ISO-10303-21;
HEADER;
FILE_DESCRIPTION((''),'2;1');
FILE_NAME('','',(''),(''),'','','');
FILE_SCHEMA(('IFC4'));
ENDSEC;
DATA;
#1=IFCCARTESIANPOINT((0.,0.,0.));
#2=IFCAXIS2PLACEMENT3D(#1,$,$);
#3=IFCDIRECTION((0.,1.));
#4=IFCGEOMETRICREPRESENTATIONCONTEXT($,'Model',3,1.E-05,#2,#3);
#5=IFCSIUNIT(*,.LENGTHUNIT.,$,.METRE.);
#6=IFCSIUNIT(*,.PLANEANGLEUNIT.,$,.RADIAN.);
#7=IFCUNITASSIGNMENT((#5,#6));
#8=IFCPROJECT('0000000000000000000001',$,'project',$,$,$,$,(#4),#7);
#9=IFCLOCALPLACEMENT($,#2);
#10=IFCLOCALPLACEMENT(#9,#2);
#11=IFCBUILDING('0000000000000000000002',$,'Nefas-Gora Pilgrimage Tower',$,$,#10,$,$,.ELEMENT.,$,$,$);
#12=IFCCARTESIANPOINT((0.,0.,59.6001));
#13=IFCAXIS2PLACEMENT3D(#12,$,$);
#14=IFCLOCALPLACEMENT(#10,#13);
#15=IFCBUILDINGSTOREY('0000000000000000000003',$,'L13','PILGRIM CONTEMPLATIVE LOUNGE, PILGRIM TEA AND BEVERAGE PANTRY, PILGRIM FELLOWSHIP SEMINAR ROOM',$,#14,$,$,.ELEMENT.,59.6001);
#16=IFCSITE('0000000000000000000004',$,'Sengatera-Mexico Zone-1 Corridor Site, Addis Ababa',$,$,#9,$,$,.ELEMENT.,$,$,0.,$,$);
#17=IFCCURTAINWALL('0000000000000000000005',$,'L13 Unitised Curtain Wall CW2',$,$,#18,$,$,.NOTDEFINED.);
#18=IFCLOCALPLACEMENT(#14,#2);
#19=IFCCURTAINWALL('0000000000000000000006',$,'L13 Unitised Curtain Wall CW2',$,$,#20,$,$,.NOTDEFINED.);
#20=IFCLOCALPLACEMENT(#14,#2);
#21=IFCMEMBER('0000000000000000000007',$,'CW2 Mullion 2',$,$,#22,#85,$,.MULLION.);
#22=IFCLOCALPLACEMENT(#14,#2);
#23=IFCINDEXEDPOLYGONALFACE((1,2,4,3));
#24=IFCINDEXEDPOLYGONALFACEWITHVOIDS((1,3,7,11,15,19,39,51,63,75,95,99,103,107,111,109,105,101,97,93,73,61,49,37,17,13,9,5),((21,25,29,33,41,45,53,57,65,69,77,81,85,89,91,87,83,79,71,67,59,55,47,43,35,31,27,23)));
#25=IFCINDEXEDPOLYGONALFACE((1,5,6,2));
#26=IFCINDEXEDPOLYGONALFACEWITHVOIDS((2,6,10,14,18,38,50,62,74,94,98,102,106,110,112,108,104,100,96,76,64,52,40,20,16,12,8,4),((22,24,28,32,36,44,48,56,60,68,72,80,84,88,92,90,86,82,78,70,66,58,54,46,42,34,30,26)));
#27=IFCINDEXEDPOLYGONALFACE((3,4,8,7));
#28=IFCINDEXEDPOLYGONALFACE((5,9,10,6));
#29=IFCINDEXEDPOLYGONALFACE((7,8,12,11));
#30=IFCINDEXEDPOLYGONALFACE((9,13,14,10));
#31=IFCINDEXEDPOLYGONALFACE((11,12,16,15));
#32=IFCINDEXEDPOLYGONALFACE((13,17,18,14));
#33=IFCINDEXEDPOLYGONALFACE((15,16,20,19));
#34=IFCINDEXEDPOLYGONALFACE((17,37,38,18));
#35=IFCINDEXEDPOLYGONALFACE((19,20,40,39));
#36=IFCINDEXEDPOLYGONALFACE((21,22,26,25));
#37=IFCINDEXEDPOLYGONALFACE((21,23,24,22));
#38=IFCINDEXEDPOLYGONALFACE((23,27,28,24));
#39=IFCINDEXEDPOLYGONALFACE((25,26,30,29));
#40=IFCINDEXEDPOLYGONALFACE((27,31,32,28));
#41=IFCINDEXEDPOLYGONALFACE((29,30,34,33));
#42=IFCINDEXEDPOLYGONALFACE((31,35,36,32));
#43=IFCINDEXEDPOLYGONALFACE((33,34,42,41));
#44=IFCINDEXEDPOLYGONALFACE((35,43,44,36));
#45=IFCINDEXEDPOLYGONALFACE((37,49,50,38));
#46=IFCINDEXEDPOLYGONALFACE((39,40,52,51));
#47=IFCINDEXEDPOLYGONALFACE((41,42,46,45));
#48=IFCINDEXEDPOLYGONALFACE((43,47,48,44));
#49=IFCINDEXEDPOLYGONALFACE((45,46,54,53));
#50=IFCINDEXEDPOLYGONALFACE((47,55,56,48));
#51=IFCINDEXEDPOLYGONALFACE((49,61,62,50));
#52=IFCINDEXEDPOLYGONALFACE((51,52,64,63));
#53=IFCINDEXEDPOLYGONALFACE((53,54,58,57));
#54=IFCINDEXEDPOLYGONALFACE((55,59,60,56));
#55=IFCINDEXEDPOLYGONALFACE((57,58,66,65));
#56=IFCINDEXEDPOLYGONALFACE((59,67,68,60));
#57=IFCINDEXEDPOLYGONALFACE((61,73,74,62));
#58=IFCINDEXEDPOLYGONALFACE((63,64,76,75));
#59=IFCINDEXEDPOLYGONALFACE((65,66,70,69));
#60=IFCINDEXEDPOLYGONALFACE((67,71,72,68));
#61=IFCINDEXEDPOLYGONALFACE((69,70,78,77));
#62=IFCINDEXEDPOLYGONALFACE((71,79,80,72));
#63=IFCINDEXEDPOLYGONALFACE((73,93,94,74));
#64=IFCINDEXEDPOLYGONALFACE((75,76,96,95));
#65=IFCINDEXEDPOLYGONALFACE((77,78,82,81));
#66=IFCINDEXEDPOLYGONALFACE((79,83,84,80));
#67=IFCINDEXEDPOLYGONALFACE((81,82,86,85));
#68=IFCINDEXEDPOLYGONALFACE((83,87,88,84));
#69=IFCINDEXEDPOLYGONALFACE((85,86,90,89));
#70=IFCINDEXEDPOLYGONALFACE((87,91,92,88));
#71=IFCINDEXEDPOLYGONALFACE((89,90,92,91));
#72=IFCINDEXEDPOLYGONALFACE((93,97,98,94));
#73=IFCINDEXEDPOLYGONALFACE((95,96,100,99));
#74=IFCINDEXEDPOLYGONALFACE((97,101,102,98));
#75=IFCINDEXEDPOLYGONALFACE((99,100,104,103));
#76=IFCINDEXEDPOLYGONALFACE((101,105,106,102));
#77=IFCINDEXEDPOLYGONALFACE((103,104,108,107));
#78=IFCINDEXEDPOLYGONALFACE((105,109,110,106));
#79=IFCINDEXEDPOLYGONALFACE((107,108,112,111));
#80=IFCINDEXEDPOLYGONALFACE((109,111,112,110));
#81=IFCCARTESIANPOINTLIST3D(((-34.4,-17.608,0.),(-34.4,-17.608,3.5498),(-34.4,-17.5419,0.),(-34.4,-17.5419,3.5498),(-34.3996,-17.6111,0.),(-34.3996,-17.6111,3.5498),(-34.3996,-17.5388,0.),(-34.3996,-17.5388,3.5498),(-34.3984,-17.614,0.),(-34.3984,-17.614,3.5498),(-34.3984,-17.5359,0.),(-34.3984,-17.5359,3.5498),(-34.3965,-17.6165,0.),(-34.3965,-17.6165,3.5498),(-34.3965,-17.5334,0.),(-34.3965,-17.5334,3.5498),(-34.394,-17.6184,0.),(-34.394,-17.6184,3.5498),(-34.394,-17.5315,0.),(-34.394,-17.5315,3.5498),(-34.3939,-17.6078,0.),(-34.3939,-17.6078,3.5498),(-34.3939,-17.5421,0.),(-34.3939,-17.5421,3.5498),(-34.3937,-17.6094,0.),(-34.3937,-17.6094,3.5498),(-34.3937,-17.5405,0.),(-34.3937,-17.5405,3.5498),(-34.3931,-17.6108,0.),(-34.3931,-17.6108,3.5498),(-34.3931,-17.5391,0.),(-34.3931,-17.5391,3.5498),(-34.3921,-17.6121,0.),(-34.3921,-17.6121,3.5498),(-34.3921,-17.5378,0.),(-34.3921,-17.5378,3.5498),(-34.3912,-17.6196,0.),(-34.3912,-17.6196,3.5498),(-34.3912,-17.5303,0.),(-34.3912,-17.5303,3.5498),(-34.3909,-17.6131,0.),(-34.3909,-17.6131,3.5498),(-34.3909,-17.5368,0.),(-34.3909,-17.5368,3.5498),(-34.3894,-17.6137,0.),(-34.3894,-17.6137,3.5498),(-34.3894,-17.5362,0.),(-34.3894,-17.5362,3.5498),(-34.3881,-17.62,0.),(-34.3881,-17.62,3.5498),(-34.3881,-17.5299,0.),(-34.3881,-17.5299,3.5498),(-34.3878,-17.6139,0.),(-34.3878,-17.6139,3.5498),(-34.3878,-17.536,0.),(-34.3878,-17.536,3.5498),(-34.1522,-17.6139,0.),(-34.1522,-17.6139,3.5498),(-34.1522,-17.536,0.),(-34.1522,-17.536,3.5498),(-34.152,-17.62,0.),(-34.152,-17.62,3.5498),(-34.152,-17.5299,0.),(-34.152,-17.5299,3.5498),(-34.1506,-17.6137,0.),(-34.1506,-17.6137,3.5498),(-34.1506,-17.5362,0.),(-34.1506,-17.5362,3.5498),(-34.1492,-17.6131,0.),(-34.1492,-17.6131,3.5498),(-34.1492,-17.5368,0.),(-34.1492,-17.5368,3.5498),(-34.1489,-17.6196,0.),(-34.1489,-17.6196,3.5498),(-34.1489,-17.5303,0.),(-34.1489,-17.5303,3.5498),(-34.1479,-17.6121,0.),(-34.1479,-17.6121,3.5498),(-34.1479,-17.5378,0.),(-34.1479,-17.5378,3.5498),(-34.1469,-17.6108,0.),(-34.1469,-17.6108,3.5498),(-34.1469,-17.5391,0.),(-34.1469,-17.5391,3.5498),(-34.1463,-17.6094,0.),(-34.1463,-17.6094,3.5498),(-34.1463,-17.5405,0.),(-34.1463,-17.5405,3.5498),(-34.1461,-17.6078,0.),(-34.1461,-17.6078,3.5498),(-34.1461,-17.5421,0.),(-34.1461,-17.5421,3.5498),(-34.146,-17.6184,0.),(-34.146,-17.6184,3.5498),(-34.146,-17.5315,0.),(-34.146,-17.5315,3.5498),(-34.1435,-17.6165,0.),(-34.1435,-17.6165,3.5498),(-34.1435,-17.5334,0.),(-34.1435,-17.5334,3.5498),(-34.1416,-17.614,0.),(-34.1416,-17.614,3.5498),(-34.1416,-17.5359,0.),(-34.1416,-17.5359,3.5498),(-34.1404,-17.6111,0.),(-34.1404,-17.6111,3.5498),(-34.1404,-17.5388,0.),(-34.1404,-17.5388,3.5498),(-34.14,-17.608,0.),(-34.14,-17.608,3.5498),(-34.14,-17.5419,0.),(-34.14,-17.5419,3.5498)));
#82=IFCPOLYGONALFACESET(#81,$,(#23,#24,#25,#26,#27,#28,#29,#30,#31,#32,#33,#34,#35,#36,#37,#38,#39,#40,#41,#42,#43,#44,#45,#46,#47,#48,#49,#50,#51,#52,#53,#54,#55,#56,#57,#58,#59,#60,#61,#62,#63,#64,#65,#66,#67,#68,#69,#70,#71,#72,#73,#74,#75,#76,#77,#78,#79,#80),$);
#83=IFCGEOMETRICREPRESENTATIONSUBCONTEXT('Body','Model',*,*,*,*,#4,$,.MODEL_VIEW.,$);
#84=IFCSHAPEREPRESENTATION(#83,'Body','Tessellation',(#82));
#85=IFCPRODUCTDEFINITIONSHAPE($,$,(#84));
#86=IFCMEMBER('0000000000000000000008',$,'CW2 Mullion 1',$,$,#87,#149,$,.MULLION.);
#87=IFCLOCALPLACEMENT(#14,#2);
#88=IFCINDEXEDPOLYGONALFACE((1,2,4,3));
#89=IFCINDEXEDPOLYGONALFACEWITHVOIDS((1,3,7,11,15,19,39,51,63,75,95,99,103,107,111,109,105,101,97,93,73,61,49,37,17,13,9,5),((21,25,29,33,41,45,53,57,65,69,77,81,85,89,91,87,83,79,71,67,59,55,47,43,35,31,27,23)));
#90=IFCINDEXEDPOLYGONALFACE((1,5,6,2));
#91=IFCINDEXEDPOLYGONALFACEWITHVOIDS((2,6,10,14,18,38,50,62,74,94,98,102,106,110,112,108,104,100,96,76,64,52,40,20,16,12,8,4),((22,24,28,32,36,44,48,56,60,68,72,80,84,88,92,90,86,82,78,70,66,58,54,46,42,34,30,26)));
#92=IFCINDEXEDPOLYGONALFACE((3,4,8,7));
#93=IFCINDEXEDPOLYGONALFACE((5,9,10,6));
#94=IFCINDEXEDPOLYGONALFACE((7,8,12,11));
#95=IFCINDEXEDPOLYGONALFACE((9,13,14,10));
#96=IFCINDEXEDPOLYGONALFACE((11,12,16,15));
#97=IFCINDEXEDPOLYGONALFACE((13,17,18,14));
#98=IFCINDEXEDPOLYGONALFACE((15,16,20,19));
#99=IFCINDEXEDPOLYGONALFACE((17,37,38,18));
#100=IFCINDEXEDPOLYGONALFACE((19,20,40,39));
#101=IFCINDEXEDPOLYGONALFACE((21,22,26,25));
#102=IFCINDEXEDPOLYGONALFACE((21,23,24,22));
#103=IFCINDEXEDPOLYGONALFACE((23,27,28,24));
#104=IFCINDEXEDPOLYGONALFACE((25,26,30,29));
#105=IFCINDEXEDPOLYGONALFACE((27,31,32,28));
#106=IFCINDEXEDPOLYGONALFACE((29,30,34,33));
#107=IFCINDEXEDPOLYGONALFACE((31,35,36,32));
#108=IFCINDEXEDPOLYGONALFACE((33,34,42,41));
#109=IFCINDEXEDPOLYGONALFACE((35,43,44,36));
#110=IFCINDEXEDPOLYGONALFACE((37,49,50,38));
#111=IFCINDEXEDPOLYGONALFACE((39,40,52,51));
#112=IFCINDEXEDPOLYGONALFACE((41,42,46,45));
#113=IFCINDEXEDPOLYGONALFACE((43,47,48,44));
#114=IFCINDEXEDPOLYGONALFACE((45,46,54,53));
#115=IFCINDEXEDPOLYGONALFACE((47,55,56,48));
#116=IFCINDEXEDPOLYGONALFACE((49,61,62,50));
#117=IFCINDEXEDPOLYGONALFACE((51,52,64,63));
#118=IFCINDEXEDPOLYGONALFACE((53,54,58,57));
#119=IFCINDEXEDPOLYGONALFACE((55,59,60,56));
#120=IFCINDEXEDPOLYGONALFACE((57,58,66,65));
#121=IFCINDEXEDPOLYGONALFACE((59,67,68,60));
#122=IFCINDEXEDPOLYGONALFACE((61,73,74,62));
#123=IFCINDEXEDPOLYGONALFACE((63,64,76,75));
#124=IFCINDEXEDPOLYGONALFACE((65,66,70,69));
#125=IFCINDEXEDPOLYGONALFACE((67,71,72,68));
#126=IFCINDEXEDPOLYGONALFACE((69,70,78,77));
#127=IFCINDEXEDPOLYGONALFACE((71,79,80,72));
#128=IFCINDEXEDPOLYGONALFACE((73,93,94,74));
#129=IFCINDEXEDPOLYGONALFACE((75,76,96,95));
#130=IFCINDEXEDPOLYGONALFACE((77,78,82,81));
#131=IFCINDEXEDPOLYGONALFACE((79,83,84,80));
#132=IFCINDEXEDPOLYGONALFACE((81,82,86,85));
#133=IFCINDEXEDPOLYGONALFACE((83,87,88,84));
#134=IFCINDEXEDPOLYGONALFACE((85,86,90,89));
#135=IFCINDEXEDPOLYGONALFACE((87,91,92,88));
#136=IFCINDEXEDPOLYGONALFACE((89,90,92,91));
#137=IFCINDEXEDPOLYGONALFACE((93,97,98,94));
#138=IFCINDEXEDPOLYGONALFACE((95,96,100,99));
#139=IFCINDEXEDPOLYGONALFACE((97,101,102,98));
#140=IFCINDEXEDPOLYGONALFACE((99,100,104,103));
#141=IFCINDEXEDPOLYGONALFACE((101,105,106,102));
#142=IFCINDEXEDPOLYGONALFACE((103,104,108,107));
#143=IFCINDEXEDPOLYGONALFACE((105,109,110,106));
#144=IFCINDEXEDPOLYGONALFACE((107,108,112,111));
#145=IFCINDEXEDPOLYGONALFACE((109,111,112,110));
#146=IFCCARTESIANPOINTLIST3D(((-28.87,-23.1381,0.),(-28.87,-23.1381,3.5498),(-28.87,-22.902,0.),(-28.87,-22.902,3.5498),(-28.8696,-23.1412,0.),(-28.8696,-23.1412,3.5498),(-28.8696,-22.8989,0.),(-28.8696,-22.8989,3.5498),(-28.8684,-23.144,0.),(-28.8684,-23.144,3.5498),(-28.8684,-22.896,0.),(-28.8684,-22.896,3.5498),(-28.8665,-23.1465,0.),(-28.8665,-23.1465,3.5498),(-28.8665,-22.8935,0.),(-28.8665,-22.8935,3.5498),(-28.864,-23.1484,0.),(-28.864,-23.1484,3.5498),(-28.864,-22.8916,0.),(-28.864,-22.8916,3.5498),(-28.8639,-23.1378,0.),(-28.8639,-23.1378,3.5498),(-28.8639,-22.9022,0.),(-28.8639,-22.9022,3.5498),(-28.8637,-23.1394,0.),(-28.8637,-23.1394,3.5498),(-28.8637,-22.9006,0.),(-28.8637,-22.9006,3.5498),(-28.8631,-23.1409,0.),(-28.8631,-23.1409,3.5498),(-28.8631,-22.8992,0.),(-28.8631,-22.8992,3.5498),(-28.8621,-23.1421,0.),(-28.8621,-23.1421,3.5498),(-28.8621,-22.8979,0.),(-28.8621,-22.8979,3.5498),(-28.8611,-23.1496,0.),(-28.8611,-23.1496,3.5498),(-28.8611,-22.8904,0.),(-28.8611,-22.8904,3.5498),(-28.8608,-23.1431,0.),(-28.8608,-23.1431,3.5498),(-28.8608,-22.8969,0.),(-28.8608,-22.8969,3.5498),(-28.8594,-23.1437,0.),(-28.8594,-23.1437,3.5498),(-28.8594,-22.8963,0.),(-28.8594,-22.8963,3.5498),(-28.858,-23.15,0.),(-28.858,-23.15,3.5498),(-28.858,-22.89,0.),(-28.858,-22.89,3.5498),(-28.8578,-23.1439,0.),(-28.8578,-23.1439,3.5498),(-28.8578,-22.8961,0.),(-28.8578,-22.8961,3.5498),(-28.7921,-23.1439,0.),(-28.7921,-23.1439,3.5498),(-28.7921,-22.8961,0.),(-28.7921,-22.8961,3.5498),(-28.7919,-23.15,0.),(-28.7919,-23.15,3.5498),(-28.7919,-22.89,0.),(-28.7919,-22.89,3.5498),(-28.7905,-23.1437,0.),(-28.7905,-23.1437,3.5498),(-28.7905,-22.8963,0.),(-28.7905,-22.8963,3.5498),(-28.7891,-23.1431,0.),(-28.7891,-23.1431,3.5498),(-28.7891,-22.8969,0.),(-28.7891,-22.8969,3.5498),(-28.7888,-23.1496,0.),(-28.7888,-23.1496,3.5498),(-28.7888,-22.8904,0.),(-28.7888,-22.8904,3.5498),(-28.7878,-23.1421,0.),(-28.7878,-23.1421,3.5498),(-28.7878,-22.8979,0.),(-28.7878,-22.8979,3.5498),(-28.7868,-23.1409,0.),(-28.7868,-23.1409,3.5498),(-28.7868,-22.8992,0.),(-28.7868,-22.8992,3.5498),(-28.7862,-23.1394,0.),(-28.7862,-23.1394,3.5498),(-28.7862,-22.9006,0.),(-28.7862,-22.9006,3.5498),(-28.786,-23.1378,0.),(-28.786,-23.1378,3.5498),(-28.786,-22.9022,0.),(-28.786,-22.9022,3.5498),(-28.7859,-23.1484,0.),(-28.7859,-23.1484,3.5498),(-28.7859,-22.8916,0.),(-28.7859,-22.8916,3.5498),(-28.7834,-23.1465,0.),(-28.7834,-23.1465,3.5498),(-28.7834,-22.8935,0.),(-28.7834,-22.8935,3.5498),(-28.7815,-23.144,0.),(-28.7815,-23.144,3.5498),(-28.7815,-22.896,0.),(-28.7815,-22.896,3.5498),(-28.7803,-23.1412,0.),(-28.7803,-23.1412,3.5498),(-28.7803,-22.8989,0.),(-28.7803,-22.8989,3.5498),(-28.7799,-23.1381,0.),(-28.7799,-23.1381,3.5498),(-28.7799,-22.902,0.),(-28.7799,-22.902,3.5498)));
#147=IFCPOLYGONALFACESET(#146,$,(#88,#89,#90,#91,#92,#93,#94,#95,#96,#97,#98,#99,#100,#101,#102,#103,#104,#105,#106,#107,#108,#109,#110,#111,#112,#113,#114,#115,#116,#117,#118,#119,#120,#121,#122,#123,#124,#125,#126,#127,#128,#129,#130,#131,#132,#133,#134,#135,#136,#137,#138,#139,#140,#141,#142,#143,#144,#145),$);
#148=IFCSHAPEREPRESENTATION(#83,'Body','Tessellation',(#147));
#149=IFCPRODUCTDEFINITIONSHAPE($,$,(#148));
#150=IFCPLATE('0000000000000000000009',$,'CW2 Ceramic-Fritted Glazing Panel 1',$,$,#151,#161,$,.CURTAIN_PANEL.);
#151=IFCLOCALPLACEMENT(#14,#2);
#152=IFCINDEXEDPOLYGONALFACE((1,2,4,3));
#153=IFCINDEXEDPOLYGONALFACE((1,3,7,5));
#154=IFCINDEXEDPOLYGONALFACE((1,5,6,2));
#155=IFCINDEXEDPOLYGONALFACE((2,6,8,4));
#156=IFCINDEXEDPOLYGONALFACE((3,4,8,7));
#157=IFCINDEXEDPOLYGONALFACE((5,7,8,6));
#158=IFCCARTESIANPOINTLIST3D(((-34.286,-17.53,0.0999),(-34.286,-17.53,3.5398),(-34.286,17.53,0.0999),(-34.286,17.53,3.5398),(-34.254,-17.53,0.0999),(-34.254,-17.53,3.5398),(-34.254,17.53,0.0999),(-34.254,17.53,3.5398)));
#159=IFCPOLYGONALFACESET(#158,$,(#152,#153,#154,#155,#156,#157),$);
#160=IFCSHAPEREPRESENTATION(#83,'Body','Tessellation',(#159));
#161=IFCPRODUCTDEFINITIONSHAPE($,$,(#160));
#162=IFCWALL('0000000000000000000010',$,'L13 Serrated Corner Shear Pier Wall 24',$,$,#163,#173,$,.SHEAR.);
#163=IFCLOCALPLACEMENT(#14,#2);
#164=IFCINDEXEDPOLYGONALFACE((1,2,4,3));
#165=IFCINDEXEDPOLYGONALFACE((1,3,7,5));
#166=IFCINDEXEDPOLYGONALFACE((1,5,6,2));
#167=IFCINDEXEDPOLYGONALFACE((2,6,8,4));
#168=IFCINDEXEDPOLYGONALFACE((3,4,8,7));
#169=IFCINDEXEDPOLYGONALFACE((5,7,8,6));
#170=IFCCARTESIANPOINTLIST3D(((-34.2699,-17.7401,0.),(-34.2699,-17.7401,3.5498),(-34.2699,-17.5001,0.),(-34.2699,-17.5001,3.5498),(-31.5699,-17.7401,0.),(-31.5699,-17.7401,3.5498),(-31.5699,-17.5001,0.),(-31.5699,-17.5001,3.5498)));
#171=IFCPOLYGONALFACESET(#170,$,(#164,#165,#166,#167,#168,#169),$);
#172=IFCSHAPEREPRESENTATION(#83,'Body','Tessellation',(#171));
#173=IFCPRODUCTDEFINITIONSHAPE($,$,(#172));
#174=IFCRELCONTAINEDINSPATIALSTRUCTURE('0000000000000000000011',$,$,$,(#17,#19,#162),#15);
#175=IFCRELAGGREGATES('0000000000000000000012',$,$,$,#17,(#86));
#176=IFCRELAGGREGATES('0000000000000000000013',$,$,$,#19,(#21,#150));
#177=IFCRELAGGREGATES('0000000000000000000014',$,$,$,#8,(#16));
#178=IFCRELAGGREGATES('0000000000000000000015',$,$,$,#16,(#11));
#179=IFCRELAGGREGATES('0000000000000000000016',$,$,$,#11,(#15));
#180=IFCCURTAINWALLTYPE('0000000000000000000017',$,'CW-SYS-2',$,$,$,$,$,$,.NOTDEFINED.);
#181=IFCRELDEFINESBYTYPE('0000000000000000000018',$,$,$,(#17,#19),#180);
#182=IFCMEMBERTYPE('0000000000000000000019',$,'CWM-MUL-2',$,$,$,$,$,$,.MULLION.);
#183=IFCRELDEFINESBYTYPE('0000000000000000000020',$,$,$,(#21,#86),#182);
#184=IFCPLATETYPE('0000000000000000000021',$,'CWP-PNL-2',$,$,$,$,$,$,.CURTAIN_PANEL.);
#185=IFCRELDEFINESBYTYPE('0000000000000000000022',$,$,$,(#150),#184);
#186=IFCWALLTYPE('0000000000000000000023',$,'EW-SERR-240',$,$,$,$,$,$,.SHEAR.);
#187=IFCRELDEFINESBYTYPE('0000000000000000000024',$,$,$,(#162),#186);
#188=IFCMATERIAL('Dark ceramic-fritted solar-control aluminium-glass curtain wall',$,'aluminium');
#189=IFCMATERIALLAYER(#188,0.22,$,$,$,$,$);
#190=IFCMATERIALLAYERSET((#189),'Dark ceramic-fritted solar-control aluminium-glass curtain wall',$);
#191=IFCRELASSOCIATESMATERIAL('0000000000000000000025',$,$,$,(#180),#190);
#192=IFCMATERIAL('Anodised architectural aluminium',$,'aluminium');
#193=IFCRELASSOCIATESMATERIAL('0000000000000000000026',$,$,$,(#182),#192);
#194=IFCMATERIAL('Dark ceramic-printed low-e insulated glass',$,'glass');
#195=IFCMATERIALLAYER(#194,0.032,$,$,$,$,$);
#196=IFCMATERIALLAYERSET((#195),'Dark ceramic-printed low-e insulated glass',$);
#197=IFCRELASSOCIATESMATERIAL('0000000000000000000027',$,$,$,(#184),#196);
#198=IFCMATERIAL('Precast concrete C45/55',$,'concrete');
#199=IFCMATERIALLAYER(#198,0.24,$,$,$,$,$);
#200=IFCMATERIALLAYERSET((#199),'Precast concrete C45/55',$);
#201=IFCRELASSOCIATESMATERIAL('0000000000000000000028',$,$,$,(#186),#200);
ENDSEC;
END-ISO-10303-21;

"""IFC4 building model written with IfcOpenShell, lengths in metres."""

from ifc_helpers import new_model, si_unit, direction, frame, frame_2d, origin, origin_2d, place, context, subcontext, project, spatial, rectangle, hollow_rectangle, extrude, source, transform, mapped, material, layer, layer_set, material_profile, profile_set, type_object, element, aggregate, save


model = new_model("IFC4")

# Units and contexts
model_context = context("Model", 3, precision=1e-05, world=origin(), true_north=direction((0.0, 1.0)))
body_context = subcontext(model_context, "Body", "Model", "MODEL_VIEW")
ifc_project = project(units=[si_unit("LENGTHUNIT", "METRE"), si_unit("PLANEANGLEUNIT", "RADIAN")], contexts=[model_context])

# Site, building, storey
site_placement = place(None, origin())
site = spatial("IfcSite", under=ifc_project, at=site_placement, Name="Sengatera-Mexico Zone-1 Corridor Site, Addis Ababa", CompositionType="ELEMENT", RefElevation=0.0)
building_placement = place(site_placement, origin())
building = spatial("IfcBuilding", under=site, at=building_placement, Name="Nefas-Gora Pilgrimage Tower", CompositionType="ELEMENT")
storey_placement = place(building_placement, frame((0.0, 0.0, 59.6001)))
storey = spatial("IfcBuildingStorey", under=building, at=storey_placement, Name="L13", Description="PILGRIM CONTEMPLATIVE LOUNGE, PILGRIM TEA AND BEVERAGE PANTRY, PILGRIM FELLOWSHIP SEMINAR ROOM", CompositionType="ELEMENT", Elevation=59.6001)

# Curtain walls, member
ifc_material_1 = material(Name="Dark ceramic-fritted solar-control aluminium-glass curtain wall", Category="aluminium")
ifc_layer_1 = layer(ifc_material_1, 0.22)
ifc_layer_set_1 = layer_set([ifc_layer_1], Name="Dark ceramic-fritted solar-control aluminium-glass curtain wall")
curtain_wall_type = type_object("IfcCurtainWallType", Name="CW-SYS-2", PredefinedType="NOTDEFINED", material=ifc_layer_set_1)
curtain_wall_1_placement = place(storey_placement, origin())
curtain_wall_1 = element("IfcCurtainWall", 1, at=curtain_wall_1_placement, inside=storey, type_object=curtain_wall_type, Name="L13 Unitised Curtain Wall CW2", PredefinedType="NOTDEFINED")
ifc_material_2 = material(Name="Anodised architectural aluminium", Category="aluminium")
curtain_wall_2_placement = place(storey_placement, origin())
curtain_wall_2 = element("IfcCurtainWall", 2, at=curtain_wall_2_placement, inside=storey, type_object=curtain_wall_type, Name="L13 Unitised Curtain Wall CW2", PredefinedType="NOTDEFINED")
ifc_material_profile_1 = material_profile(ifc_material_2, hollow_rectangle(XDim=0.0901, YDim=0.26, WallThickness=0.0061, InnerFilletRadius=0.0061, OuterFilletRadius=0.012, at=origin_2d()), Name="ALU MULLION 90x260")
ifc_profile_set_1 = profile_set([ifc_material_profile_1], Name="Anodised architectural aluminium")
member_type_1 = type_object("IfcMemberType", Name="CWM-MUL-2", PredefinedType="MULLION", material=ifc_profile_set_1)
shared_shape_1 = source(origin(), body_context, "Body", "SweptSolid", [
    extrude(hollow_rectangle(XDim=0.0901, YDim=0.26, WallThickness=0.0061, InnerFilletRadius=0.0061, OuterFilletRadius=0.012, at=origin_2d()), origin(), (0.0, 0.0, 1.0), 3.5498),
])
member_1_placement = place(storey_placement, frame((-34.27, -17.575, 0.0), z_axis=(0.0, 0.0, 1.0), x_axis=(0.0, -1.0, 0.0)))
member_1 = element("IfcMember", 3, at=member_1_placement, type_object=member_type_1, Name="CW2 Mullion 2", PredefinedType="MULLION", context=body_context, shape_type="MappedRepresentation", body=[
    mapped(shared_shape_1, transform((0.0, 0.0, 0.0), x_axis=(1.0, 0.0, 0.0), y_axis=(0.0, 1.0, 0.0), z_axis=(0.0, 0.0, 1.0), scale=1.0)),
])

# Member
member_2_placement = place(storey_placement, frame((-28.825, -23.02, 0.0), z_axis=(0.0, 0.0, 1.0), x_axis=(1.0, 0.0, 0.0)))
member_2 = element("IfcMember", 4, at=member_2_placement, type_object=member_type_1, Name="CW2 Mullion 1", PredefinedType="MULLION", context=body_context, shape_type="MappedRepresentation", body=[
    mapped(shared_shape_1, transform((0.0, 0.0, 0.0), x_axis=(1.0, 0.0, 0.0), y_axis=(0.0, 1.0, 0.0), z_axis=(0.0, 0.0, 1.0), scale=1.0)),
])
aggregate(curtain_wall_1, [member_2])

# Plate
ifc_material_3 = material(Name="Dark ceramic-printed low-e insulated glass", Category="glass")
ifc_layer_2 = layer(ifc_material_3, 0.032)
ifc_layer_set_2 = layer_set([ifc_layer_2], Name="Dark ceramic-printed low-e insulated glass")
plate_type = type_object("IfcPlateType", Name="CWP-PNL-2", PredefinedType="CURTAIN_PANEL", material=ifc_layer_set_2)
shared_shape_2 = source(origin(), body_context, "Body", "SweptSolid", [
    extrude(rectangle(XDim=35.0601, YDim=0.032, at=origin_2d()), origin(), (0.0, 0.0, 1.0), 3.4399),
])
plate_placement = place(storey_placement, frame((-34.27, 0.0, 0.0999), z_axis=(0.0, 0.0, 1.0), x_axis=(0.0, -1.0, 0.0)))
plate = element("IfcPlate", 5, at=plate_placement, type_object=plate_type, Name="CW2 Ceramic-Fritted Glazing Panel 1", PredefinedType="CURTAIN_PANEL", context=body_context, shape_type="MappedRepresentation", body=[
    mapped(shared_shape_2, transform((0.0, 0.0, 0.0), x_axis=(1.0, 0.0, 0.0), y_axis=(0.0, 1.0, 0.0), z_axis=(0.0, 0.0, 1.0), scale=1.0)),
])
aggregate(curtain_wall_2, [member_1, plate])

# Wall
ifc_material_4 = material(Name="Precast concrete C45/55", Category="concrete")
ifc_layer_3 = layer(ifc_material_4, 0.24)
ifc_layer_set_3 = layer_set([ifc_layer_3], Name="Precast concrete C45/55")
wall_type_1 = type_object("IfcWallType", Name="EW-SERR-240", PredefinedType="SHEAR", material=ifc_layer_set_3)
shared_shape_3 = source(origin(), body_context, "Body", "SweptSolid", [
    extrude(rectangle(XDim=2.7, YDim=0.24, at=frame_2d((1.3501, 0.0))), origin(), (0.0, 0.0, 1.0), 3.5498),
])
wall_1_placement = place(storey_placement, frame((-34.27, -17.6201, 0.0), z_axis=(0.0, 0.0, 1.0), x_axis=(1.0, 0.0, 0.0)))
element("IfcWall", 6, at=wall_1_placement, inside=storey, type_object=wall_type_1, Name="L13 Serrated Corner Shear Pier Wall 24", PredefinedType="SHEAR", context=body_context, shape_type="MappedRepresentation", body=[
    mapped(shared_shape_3, transform((0.0, 0.0, 0.0), x_axis=(1.0, 0.0, 0.0), y_axis=(0.0, 1.0, 0.0), z_axis=(0.0, 0.0, 1.0), scale=1.0)),
])

save(model, "model.ifc")
